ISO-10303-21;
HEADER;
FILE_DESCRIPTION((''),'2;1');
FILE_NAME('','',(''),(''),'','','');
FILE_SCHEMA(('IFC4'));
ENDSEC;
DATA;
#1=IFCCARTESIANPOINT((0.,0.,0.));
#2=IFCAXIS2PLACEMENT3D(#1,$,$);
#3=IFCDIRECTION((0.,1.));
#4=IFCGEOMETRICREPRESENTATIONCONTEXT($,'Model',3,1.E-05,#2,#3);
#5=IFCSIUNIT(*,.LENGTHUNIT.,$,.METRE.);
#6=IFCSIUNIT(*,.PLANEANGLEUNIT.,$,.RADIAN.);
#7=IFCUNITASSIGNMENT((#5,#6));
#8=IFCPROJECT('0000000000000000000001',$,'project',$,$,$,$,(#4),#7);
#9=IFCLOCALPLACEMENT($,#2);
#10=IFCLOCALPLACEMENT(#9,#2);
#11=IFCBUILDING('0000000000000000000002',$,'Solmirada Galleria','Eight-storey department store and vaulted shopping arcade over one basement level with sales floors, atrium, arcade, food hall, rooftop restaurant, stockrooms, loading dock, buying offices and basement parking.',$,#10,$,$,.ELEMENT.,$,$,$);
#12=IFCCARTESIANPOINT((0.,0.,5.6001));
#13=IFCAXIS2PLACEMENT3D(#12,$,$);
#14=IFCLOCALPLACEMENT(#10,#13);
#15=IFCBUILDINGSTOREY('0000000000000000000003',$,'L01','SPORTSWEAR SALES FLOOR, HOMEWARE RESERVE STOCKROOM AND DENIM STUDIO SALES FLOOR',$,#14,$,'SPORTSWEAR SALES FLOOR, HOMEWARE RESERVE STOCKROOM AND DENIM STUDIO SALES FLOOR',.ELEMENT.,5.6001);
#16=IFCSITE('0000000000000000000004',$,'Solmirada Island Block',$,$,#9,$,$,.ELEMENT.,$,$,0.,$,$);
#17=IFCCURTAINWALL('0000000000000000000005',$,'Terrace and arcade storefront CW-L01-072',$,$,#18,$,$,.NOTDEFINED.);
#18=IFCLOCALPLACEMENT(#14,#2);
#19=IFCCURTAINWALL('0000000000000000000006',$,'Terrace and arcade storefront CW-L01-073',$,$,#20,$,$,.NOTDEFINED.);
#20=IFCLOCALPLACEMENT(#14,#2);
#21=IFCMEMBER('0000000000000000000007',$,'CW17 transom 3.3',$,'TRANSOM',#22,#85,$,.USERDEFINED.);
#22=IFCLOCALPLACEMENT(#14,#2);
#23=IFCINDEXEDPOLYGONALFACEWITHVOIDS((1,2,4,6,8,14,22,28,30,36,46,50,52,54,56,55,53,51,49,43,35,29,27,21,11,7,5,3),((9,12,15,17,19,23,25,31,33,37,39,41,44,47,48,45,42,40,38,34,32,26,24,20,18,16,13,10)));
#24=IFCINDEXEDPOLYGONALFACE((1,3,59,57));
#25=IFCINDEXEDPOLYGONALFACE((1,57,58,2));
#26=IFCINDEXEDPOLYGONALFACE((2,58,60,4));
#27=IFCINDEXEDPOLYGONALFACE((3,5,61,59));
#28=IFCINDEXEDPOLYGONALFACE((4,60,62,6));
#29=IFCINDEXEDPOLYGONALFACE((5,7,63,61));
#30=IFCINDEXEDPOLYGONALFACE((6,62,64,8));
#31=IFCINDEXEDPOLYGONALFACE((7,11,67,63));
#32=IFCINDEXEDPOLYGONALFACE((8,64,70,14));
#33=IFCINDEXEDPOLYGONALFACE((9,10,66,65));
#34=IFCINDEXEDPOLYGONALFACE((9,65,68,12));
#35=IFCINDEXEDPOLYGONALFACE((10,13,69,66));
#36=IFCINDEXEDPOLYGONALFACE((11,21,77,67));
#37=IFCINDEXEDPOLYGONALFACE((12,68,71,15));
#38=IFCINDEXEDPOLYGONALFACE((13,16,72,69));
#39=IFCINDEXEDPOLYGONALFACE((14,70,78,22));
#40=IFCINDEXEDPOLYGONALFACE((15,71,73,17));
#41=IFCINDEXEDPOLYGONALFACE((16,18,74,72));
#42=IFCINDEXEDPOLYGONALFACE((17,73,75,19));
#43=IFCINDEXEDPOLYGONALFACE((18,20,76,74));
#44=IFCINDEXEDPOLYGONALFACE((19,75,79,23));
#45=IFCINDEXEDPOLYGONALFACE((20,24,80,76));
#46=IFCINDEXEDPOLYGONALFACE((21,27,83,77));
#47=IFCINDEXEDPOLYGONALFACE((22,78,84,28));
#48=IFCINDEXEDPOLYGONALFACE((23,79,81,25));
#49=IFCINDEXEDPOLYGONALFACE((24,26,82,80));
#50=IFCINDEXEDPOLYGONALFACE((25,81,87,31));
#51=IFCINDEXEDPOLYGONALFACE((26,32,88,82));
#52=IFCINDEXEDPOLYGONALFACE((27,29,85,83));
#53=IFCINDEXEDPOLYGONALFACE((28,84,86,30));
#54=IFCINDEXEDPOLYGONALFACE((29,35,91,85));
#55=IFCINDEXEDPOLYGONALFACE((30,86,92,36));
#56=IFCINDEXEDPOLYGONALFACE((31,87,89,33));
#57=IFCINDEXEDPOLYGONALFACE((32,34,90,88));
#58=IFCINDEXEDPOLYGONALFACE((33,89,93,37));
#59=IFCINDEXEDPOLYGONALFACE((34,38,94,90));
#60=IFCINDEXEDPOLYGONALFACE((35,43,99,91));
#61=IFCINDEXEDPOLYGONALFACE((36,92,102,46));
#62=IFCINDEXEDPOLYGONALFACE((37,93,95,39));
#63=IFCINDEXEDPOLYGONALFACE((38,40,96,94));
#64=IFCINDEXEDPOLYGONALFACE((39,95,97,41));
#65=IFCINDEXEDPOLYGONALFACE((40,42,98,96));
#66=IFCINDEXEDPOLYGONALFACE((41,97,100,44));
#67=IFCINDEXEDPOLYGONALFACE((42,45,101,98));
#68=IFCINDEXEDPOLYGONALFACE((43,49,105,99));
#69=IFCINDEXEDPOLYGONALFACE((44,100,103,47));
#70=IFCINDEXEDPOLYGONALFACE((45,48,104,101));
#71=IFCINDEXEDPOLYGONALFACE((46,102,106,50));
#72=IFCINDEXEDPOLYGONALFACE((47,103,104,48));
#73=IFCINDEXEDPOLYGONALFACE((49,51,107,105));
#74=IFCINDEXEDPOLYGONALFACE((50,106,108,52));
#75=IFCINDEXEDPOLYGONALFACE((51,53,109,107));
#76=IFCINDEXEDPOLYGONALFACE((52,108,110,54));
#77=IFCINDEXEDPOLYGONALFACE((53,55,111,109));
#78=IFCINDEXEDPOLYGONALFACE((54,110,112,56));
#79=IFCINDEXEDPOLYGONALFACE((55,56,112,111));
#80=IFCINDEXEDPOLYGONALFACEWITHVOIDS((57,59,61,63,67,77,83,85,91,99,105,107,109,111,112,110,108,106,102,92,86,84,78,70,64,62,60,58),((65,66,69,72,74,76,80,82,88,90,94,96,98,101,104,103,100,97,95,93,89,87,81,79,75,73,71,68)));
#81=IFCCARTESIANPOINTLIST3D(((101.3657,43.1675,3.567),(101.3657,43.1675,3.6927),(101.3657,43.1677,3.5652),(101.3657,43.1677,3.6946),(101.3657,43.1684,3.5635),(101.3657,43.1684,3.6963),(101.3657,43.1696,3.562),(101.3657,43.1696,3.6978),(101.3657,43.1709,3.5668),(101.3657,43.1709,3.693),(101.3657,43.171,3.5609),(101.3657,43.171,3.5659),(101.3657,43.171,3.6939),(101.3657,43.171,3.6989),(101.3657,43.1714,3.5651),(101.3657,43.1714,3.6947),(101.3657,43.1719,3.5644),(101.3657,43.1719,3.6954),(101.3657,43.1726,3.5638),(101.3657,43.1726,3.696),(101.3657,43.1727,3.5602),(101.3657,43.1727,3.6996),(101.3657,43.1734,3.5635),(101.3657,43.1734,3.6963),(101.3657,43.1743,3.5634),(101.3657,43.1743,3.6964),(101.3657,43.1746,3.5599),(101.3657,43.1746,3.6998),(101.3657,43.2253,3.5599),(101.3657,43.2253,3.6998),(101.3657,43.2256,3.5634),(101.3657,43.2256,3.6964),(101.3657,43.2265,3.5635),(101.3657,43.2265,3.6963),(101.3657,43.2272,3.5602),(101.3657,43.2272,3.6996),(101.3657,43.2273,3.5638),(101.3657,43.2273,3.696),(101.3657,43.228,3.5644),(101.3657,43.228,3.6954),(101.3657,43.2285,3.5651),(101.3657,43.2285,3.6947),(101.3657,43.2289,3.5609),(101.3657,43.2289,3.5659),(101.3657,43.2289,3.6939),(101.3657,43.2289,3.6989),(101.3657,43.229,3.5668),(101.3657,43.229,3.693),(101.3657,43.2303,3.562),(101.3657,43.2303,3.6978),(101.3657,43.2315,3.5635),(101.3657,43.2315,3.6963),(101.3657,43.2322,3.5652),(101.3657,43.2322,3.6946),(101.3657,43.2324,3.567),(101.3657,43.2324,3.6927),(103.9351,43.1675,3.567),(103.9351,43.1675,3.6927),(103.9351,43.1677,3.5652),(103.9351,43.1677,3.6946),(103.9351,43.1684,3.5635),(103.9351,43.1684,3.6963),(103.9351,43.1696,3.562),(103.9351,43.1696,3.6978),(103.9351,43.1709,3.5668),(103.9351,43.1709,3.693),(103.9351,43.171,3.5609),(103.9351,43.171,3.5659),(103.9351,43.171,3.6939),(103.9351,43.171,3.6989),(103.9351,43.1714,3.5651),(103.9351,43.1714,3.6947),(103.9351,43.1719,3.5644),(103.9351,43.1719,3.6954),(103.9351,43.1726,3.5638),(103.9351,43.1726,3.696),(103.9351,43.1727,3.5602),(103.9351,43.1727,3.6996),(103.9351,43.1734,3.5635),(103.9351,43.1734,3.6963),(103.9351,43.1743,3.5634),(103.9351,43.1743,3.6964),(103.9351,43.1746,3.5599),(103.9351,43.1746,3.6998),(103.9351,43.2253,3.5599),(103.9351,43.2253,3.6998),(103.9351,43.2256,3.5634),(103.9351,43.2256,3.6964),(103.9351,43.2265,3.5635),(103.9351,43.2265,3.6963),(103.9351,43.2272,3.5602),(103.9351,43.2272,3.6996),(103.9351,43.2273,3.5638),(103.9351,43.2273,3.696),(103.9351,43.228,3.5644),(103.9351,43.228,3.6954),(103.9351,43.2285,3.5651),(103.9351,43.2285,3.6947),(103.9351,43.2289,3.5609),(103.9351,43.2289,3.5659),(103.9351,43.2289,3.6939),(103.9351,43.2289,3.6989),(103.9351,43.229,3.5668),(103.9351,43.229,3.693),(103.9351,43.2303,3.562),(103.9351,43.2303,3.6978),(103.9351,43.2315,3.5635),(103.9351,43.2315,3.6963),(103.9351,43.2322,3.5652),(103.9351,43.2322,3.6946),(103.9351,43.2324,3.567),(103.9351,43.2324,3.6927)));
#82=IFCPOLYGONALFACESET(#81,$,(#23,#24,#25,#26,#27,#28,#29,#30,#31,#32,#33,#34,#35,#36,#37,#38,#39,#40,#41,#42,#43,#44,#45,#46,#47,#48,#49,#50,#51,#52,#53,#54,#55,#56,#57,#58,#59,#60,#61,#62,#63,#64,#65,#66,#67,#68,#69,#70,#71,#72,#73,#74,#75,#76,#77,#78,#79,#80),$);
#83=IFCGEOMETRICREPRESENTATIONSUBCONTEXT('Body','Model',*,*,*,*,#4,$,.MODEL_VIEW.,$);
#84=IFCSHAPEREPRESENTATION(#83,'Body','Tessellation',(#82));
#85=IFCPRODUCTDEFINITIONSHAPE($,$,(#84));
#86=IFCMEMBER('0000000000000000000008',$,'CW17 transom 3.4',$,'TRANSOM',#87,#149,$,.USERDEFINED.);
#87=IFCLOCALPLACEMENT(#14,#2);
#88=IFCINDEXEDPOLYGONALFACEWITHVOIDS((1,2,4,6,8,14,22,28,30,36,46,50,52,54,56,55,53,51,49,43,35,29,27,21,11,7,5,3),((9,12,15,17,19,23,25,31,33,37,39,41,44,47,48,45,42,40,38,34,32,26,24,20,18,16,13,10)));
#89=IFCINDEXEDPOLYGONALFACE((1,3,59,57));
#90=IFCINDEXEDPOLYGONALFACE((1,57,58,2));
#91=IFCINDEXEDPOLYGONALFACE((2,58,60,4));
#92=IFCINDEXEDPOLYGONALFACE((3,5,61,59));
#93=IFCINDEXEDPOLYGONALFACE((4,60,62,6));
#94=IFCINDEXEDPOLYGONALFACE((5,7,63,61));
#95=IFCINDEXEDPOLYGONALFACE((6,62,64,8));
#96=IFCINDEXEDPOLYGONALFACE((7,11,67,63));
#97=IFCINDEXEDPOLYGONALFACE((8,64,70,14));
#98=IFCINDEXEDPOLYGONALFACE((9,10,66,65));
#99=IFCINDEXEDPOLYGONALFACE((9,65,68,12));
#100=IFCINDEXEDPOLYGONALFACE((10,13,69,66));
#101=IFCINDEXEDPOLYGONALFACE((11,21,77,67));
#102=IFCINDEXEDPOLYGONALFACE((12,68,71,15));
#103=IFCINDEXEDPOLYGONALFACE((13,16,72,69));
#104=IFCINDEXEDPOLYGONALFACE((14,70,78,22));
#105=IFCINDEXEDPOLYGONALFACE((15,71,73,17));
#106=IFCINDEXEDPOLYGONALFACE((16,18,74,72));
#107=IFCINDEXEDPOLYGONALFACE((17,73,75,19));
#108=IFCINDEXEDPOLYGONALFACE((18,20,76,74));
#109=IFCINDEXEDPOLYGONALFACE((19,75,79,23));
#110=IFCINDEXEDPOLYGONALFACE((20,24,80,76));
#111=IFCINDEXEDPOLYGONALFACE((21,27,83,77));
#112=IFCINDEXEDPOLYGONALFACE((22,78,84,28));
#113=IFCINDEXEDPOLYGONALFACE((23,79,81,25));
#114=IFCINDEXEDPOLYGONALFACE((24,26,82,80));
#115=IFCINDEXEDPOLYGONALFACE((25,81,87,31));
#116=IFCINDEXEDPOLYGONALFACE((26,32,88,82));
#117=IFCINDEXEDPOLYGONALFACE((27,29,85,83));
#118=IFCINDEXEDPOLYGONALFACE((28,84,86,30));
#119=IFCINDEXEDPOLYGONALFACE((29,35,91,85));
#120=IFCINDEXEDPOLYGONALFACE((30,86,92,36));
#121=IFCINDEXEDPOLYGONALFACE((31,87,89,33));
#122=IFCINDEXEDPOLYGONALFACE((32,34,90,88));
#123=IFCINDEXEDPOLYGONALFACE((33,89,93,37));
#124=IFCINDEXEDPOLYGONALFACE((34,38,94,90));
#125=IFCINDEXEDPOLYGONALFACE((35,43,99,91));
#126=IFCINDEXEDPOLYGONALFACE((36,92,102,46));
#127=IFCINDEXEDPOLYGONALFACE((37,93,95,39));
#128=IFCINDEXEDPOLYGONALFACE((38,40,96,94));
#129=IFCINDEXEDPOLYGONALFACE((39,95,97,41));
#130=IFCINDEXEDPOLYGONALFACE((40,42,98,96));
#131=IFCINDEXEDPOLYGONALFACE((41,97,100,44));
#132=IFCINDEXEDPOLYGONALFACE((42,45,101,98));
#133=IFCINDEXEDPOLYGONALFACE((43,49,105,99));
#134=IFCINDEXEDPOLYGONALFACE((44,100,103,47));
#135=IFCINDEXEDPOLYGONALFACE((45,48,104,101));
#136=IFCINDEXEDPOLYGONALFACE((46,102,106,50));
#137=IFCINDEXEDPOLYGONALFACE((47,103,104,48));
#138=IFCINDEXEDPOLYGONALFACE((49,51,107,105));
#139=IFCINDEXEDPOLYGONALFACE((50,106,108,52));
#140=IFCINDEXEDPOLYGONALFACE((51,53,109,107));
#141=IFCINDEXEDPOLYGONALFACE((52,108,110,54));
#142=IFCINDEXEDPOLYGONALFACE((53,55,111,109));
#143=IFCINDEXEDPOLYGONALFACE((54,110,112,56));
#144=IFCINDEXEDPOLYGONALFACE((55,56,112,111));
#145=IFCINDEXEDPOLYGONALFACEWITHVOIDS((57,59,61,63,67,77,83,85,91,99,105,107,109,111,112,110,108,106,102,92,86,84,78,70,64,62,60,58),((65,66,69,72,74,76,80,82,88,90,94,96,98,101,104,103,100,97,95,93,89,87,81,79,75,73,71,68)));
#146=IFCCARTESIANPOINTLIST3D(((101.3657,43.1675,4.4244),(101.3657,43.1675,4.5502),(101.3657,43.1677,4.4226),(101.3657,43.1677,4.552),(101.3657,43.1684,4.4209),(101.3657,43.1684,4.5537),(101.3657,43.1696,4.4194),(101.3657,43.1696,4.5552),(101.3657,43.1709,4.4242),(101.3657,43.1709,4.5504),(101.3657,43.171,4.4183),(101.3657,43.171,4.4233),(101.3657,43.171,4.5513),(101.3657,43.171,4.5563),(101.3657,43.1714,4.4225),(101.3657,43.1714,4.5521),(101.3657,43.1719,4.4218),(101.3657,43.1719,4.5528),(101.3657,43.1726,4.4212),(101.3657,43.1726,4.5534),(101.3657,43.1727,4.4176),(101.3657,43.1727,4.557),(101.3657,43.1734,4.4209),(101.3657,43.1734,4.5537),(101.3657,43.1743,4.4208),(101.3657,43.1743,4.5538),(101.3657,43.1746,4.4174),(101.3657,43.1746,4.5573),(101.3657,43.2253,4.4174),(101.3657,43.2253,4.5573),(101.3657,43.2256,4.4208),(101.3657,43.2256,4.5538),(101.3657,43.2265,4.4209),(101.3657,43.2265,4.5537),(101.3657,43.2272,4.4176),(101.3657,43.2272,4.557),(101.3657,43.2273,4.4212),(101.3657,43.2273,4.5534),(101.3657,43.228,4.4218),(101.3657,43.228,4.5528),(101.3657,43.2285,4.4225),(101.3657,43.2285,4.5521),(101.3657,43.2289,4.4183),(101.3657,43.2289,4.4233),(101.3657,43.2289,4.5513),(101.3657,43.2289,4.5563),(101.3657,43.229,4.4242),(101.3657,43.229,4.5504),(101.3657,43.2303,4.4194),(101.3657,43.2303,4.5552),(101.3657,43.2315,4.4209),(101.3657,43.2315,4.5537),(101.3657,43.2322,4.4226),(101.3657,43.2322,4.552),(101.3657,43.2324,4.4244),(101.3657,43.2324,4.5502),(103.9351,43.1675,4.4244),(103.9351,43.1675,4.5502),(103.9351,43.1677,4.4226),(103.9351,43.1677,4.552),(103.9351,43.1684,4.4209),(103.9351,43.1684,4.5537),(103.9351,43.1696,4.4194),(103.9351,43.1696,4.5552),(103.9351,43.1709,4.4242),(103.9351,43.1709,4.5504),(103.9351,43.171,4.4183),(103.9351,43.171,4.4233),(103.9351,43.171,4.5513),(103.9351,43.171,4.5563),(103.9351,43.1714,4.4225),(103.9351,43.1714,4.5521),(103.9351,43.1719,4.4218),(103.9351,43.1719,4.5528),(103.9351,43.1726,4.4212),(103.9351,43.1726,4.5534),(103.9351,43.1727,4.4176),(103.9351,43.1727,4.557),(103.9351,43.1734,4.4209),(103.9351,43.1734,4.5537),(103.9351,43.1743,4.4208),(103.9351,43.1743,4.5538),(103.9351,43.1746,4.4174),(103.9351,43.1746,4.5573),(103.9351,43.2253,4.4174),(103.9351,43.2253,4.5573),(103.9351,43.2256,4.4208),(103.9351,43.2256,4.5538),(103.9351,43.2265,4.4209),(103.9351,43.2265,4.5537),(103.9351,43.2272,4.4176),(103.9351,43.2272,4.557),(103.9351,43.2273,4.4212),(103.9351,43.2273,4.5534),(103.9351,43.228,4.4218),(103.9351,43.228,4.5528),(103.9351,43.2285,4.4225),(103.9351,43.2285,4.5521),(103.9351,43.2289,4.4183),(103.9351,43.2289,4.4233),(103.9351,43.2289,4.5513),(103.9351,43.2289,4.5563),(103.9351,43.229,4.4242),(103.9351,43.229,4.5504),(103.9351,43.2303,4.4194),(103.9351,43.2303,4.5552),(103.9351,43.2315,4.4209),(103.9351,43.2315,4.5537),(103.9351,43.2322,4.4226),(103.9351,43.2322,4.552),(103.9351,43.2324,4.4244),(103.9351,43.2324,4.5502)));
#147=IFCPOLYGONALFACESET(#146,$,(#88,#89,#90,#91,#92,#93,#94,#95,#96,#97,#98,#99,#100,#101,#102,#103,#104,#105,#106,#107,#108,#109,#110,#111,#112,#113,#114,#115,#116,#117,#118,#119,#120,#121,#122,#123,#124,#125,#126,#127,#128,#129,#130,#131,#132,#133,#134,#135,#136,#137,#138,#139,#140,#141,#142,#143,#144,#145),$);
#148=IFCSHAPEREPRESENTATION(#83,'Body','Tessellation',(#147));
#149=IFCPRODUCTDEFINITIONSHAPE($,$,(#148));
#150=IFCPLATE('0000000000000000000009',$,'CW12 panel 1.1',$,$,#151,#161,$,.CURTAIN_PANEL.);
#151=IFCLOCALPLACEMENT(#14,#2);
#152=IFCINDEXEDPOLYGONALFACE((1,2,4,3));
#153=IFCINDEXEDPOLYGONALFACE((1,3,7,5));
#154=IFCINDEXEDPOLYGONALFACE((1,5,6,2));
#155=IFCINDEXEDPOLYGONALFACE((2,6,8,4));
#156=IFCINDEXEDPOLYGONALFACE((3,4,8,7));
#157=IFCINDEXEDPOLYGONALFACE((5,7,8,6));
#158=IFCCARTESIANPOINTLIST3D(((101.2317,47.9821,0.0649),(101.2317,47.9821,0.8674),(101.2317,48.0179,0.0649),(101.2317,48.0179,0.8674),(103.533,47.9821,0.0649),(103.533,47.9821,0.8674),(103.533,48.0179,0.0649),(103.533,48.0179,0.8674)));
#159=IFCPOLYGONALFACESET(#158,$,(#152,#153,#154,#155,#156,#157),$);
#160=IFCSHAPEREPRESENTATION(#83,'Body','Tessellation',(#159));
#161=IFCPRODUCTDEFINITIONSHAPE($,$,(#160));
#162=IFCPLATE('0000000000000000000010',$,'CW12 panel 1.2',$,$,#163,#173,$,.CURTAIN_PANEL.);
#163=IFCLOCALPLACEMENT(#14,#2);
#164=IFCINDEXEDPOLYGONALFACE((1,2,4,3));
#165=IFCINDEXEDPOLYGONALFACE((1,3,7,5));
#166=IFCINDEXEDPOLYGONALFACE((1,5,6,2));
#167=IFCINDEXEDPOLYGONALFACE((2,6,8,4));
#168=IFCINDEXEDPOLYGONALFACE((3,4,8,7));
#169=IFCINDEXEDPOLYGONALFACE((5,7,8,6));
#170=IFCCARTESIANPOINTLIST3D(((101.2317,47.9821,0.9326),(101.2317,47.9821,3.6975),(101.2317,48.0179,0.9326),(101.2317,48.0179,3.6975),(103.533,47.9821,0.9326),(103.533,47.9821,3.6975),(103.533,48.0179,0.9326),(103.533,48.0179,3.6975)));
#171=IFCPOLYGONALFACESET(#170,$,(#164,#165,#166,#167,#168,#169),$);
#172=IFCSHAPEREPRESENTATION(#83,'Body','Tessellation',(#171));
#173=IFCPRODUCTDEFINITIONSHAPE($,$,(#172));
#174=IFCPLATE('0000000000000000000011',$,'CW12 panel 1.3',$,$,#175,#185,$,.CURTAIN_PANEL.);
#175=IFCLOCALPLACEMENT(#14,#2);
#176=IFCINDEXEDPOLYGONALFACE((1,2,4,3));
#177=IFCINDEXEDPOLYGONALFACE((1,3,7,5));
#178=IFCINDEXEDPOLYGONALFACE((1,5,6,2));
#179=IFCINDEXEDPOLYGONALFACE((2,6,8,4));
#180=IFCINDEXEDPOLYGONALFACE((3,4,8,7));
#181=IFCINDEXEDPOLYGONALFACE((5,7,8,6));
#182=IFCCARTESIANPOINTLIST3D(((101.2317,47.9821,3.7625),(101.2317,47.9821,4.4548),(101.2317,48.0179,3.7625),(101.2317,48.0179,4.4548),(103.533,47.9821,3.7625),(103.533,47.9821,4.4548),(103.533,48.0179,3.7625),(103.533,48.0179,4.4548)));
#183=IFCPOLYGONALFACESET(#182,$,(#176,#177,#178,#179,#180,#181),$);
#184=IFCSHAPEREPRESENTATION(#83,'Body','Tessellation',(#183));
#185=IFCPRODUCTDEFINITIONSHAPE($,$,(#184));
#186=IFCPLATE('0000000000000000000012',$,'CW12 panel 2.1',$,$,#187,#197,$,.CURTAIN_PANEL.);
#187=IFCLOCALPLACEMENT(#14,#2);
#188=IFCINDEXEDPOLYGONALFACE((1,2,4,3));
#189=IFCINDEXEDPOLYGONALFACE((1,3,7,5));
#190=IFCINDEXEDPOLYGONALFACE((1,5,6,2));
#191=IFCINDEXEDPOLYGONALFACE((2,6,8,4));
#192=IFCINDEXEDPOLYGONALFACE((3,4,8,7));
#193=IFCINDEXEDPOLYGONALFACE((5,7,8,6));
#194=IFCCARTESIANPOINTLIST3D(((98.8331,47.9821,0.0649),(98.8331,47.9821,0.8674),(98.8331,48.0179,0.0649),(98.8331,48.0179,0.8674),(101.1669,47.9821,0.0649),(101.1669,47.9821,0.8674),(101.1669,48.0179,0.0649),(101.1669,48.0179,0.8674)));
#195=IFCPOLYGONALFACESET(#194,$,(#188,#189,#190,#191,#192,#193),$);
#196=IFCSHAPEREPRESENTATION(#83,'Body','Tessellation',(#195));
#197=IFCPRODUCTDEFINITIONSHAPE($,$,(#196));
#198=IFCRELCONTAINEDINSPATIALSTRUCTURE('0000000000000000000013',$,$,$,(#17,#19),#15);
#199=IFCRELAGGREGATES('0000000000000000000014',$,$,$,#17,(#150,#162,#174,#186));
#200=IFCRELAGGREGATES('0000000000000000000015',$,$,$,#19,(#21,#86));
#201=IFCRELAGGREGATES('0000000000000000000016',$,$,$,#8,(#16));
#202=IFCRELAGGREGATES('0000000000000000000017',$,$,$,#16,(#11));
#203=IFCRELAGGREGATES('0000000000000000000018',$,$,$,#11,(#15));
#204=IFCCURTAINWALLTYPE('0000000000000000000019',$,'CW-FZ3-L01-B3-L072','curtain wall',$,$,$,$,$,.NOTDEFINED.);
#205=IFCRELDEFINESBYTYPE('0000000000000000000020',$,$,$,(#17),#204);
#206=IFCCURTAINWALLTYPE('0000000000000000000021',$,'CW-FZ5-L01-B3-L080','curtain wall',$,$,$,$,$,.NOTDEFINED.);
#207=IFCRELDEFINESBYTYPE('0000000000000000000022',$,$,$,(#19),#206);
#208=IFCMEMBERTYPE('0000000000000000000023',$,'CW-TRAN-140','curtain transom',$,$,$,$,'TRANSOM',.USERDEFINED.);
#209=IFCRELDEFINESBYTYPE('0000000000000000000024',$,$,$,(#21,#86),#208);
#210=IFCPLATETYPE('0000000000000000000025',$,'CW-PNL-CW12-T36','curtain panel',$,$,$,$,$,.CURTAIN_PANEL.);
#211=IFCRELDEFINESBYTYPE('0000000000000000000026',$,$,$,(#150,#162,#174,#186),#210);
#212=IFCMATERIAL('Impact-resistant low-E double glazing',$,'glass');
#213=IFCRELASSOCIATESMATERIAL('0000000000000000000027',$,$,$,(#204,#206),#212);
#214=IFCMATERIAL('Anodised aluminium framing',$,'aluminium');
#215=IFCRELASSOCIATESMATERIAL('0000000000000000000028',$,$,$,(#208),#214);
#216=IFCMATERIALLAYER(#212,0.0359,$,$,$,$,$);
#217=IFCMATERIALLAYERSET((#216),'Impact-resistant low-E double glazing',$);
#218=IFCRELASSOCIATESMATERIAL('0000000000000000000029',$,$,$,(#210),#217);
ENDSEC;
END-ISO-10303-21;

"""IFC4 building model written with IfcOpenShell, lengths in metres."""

from ifc_helpers import new_model, si_unit, direction, frame, origin, origin_2d, place, context, subcontext, project, spatial, rectangle, hollow_rectangle, extrude, material, layer, layer_set, material_profile, profile_set, type_object, element, aggregate, save


model = new_model("IFC4")

# Units and contexts
model_context = context("Model", 3, precision=1e-05, world=origin(), true_north=direction((0.0, 1.0)))
body_context = subcontext(model_context, "Body", "Model", "MODEL_VIEW")
ifc_project = project(units=[si_unit("LENGTHUNIT", "METRE"), si_unit("PLANEANGLEUNIT", "RADIAN")], contexts=[model_context])

# Site, building, storey
site_placement = place(None, origin())
site = spatial("IfcSite", under=ifc_project, at=site_placement, Name="Solmirada Island Block", CompositionType="ELEMENT", RefElevation=0.0)
building_placement = place(site_placement, origin())
building = spatial("IfcBuilding", under=site, at=building_placement, Name="Solmirada Galleria", Description="Eight-storey department store and vaulted shopping arcade over one basement level with sales floors, atrium, arcade, food hall, rooftop restaurant, stockrooms, loading dock, buying offices and basement parking.", CompositionType="ELEMENT")
storey_placement = place(building_placement, frame((0.0, 0.0, 5.6001)))
storey = spatial("IfcBuildingStorey", under=building, at=storey_placement, Name="L01", Description="SPORTSWEAR SALES FLOOR, HOMEWARE RESERVE STOCKROOM AND DENIM STUDIO SALES FLOOR", LongName="SPORTSWEAR SALES FLOOR, HOMEWARE RESERVE STOCKROOM AND DENIM STUDIO SALES FLOOR", CompositionType="ELEMENT", Elevation=5.6001)

# Curtain walls
ifc_material_1 = material(Name="Impact-resistant low-E double glazing", Category="glass")
curtain_wall_type_1 = type_object("IfcCurtainWallType", Name="CW-FZ3-L01-B3-L072", Description="curtain wall", PredefinedType="NOTDEFINED", material=ifc_material_1)
curtain_wall_1_placement = place(storey_placement, origin())
curtain_wall_1 = element("IfcCurtainWall", 1, at=curtain_wall_1_placement, inside=storey, type_object=curtain_wall_type_1, Name="Terrace and arcade storefront CW-L01-072", PredefinedType="NOTDEFINED")
ifc_material_2 = material(Name="Anodised aluminium framing", Category="aluminium")
curtain_wall_type_2 = type_object("IfcCurtainWallType", Name="CW-FZ5-L01-B3-L080", Description="curtain wall", PredefinedType="NOTDEFINED", material=ifc_material_1)
curtain_wall_2_placement = place(storey_placement, origin())
curtain_wall_2 = element("IfcCurtainWall", 2, at=curtain_wall_2_placement, inside=storey, type_object=curtain_wall_type_2, Name="Terrace and arcade storefront CW-L01-073", PredefinedType="NOTDEFINED")

# Members
ifc_material_profile_1 = material_profile(ifc_material_2, hollow_rectangle(XDim=0.0649, YDim=0.1399, WallThickness=0.0034, InnerFilletRadius=0.0034, OuterFilletRadius=0.0071, at=origin_2d()), Name="ALU-TRAN-140X65")
ifc_profile_set_1 = profile_set([ifc_material_profile_1], Name="Anodised aluminium framing")
member_type_1 = type_object("IfcMemberType", Name="CW-TRAN-140", Description="curtain transom", ElementType="TRANSOM", PredefinedType="USERDEFINED", material=ifc_profile_set_1)
member_1_placement = place(storey_placement, frame((101.3657, 43.2, 3.6299), z_axis=(1.0, 0.0, 0.0), x_axis=(0.0, 1.0, 0.0)))
member_1 = element("IfcMember", 3, at=member_1_placement, type_object=member_type_1, Name="CW17 transom 3.3", ObjectType="TRANSOM", PredefinedType="USERDEFINED", context=body_context, shape_type="SweptSolid", body=[
    extrude(hollow_rectangle(XDim=0.0649, YDim=0.1399, WallThickness=0.0034, InnerFilletRadius=0.0034, OuterFilletRadius=0.0071, at=origin_2d()), origin(), (0.0, 0.0, 1.0), 2.5693),
])
member_2_placement = place(storey_placement, frame((101.3657, 43.2, 4.4873), z_axis=(1.0, 0.0, 0.0), x_axis=(0.0, 1.0, 0.0)))
member_2 = element("IfcMember", 4, at=member_2_placement, type_object=member_type_1, Name="CW17 transom 3.4", ObjectType="TRANSOM", PredefinedType="USERDEFINED", context=body_context, shape_type="SweptSolid", body=[
    extrude(hollow_rectangle(XDim=0.0649, YDim=0.1399, WallThickness=0.0034, InnerFilletRadius=0.0034, OuterFilletRadius=0.0071, at=origin_2d()), origin(), (0.0, 0.0, 1.0), 2.5693),
])

# Plates
ifc_layer_1 = layer(ifc_material_1, 0.0359)
ifc_layer_set_1 = layer_set([ifc_layer_1], Name="Impact-resistant low-E double glazing")
plate_type_1 = type_object("IfcPlateType", Name="CW-PNL-CW12-T36", Description="curtain panel", PredefinedType="CURTAIN_PANEL", material=ifc_layer_set_1)
plate_1_placement = place(storey_placement, frame((102.3823, 48.0, 0.0649), z_axis=(0.0, 0.0, 1.0), x_axis=(-1.0, 0.0, 0.0)))
plate_1 = element("IfcPlate", 5, at=plate_1_placement, type_object=plate_type_1, Name="CW12 panel 1.1", PredefinedType="CURTAIN_PANEL", context=body_context, shape_type="SweptSolid", body=[
    extrude(rectangle(XDim=2.3013, YDim=0.0359, at=origin_2d()), origin(), (0.0, 0.0, 1.0), 0.8025),
])
plate_2_placement = place(storey_placement, frame((102.3823, 48.0, 0.9326), z_axis=(0.0, 0.0, 1.0), x_axis=(-1.0, 0.0, 0.0)))
plate_2 = element("IfcPlate", 6, at=plate_2_placement, type_object=plate_type_1, Name="CW12 panel 1.2", PredefinedType="CURTAIN_PANEL", context=body_context, shape_type="SweptSolid", body=[
    extrude(rectangle(XDim=2.3013, YDim=0.0359, at=origin_2d()), origin(), (0.0, 0.0, 1.0), 2.7649),
])
plate_3_placement = place(storey_placement, frame((102.3823, 48.0, 3.7625), z_axis=(0.0, 0.0, 1.0), x_axis=(-1.0, 0.0, 0.0)))
plate_3 = element("IfcPlate", 7, at=plate_3_placement, type_object=plate_type_1, Name="CW12 panel 1.3", PredefinedType="CURTAIN_PANEL", context=body_context, shape_type="SweptSolid", body=[
    extrude(rectangle(XDim=2.3013, YDim=0.0359, at=origin_2d()), origin(), (0.0, 0.0, 1.0), 0.6924),
])
plate_4_placement = place(storey_placement, frame((100.0, 48.0, 0.0649), z_axis=(0.0, 0.0, 1.0), x_axis=(-1.0, 0.0, 0.0)))
plate_4 = element("IfcPlate", 8, at=plate_4_placement, type_object=plate_type_1, Name="CW12 panel 2.1", PredefinedType="CURTAIN_PANEL", context=body_context, shape_type="SweptSolid", body=[
    extrude(rectangle(XDim=2.3337, YDim=0.0359, at=origin_2d()), origin(), (0.0, 0.0, 1.0), 0.8025),
])
aggregate(curtain_wall_1, [plate_1, plate_2, plate_3, plate_4])
aggregate(curtain_wall_2, [member_1, member_2])

save(model, "model.ifc")
